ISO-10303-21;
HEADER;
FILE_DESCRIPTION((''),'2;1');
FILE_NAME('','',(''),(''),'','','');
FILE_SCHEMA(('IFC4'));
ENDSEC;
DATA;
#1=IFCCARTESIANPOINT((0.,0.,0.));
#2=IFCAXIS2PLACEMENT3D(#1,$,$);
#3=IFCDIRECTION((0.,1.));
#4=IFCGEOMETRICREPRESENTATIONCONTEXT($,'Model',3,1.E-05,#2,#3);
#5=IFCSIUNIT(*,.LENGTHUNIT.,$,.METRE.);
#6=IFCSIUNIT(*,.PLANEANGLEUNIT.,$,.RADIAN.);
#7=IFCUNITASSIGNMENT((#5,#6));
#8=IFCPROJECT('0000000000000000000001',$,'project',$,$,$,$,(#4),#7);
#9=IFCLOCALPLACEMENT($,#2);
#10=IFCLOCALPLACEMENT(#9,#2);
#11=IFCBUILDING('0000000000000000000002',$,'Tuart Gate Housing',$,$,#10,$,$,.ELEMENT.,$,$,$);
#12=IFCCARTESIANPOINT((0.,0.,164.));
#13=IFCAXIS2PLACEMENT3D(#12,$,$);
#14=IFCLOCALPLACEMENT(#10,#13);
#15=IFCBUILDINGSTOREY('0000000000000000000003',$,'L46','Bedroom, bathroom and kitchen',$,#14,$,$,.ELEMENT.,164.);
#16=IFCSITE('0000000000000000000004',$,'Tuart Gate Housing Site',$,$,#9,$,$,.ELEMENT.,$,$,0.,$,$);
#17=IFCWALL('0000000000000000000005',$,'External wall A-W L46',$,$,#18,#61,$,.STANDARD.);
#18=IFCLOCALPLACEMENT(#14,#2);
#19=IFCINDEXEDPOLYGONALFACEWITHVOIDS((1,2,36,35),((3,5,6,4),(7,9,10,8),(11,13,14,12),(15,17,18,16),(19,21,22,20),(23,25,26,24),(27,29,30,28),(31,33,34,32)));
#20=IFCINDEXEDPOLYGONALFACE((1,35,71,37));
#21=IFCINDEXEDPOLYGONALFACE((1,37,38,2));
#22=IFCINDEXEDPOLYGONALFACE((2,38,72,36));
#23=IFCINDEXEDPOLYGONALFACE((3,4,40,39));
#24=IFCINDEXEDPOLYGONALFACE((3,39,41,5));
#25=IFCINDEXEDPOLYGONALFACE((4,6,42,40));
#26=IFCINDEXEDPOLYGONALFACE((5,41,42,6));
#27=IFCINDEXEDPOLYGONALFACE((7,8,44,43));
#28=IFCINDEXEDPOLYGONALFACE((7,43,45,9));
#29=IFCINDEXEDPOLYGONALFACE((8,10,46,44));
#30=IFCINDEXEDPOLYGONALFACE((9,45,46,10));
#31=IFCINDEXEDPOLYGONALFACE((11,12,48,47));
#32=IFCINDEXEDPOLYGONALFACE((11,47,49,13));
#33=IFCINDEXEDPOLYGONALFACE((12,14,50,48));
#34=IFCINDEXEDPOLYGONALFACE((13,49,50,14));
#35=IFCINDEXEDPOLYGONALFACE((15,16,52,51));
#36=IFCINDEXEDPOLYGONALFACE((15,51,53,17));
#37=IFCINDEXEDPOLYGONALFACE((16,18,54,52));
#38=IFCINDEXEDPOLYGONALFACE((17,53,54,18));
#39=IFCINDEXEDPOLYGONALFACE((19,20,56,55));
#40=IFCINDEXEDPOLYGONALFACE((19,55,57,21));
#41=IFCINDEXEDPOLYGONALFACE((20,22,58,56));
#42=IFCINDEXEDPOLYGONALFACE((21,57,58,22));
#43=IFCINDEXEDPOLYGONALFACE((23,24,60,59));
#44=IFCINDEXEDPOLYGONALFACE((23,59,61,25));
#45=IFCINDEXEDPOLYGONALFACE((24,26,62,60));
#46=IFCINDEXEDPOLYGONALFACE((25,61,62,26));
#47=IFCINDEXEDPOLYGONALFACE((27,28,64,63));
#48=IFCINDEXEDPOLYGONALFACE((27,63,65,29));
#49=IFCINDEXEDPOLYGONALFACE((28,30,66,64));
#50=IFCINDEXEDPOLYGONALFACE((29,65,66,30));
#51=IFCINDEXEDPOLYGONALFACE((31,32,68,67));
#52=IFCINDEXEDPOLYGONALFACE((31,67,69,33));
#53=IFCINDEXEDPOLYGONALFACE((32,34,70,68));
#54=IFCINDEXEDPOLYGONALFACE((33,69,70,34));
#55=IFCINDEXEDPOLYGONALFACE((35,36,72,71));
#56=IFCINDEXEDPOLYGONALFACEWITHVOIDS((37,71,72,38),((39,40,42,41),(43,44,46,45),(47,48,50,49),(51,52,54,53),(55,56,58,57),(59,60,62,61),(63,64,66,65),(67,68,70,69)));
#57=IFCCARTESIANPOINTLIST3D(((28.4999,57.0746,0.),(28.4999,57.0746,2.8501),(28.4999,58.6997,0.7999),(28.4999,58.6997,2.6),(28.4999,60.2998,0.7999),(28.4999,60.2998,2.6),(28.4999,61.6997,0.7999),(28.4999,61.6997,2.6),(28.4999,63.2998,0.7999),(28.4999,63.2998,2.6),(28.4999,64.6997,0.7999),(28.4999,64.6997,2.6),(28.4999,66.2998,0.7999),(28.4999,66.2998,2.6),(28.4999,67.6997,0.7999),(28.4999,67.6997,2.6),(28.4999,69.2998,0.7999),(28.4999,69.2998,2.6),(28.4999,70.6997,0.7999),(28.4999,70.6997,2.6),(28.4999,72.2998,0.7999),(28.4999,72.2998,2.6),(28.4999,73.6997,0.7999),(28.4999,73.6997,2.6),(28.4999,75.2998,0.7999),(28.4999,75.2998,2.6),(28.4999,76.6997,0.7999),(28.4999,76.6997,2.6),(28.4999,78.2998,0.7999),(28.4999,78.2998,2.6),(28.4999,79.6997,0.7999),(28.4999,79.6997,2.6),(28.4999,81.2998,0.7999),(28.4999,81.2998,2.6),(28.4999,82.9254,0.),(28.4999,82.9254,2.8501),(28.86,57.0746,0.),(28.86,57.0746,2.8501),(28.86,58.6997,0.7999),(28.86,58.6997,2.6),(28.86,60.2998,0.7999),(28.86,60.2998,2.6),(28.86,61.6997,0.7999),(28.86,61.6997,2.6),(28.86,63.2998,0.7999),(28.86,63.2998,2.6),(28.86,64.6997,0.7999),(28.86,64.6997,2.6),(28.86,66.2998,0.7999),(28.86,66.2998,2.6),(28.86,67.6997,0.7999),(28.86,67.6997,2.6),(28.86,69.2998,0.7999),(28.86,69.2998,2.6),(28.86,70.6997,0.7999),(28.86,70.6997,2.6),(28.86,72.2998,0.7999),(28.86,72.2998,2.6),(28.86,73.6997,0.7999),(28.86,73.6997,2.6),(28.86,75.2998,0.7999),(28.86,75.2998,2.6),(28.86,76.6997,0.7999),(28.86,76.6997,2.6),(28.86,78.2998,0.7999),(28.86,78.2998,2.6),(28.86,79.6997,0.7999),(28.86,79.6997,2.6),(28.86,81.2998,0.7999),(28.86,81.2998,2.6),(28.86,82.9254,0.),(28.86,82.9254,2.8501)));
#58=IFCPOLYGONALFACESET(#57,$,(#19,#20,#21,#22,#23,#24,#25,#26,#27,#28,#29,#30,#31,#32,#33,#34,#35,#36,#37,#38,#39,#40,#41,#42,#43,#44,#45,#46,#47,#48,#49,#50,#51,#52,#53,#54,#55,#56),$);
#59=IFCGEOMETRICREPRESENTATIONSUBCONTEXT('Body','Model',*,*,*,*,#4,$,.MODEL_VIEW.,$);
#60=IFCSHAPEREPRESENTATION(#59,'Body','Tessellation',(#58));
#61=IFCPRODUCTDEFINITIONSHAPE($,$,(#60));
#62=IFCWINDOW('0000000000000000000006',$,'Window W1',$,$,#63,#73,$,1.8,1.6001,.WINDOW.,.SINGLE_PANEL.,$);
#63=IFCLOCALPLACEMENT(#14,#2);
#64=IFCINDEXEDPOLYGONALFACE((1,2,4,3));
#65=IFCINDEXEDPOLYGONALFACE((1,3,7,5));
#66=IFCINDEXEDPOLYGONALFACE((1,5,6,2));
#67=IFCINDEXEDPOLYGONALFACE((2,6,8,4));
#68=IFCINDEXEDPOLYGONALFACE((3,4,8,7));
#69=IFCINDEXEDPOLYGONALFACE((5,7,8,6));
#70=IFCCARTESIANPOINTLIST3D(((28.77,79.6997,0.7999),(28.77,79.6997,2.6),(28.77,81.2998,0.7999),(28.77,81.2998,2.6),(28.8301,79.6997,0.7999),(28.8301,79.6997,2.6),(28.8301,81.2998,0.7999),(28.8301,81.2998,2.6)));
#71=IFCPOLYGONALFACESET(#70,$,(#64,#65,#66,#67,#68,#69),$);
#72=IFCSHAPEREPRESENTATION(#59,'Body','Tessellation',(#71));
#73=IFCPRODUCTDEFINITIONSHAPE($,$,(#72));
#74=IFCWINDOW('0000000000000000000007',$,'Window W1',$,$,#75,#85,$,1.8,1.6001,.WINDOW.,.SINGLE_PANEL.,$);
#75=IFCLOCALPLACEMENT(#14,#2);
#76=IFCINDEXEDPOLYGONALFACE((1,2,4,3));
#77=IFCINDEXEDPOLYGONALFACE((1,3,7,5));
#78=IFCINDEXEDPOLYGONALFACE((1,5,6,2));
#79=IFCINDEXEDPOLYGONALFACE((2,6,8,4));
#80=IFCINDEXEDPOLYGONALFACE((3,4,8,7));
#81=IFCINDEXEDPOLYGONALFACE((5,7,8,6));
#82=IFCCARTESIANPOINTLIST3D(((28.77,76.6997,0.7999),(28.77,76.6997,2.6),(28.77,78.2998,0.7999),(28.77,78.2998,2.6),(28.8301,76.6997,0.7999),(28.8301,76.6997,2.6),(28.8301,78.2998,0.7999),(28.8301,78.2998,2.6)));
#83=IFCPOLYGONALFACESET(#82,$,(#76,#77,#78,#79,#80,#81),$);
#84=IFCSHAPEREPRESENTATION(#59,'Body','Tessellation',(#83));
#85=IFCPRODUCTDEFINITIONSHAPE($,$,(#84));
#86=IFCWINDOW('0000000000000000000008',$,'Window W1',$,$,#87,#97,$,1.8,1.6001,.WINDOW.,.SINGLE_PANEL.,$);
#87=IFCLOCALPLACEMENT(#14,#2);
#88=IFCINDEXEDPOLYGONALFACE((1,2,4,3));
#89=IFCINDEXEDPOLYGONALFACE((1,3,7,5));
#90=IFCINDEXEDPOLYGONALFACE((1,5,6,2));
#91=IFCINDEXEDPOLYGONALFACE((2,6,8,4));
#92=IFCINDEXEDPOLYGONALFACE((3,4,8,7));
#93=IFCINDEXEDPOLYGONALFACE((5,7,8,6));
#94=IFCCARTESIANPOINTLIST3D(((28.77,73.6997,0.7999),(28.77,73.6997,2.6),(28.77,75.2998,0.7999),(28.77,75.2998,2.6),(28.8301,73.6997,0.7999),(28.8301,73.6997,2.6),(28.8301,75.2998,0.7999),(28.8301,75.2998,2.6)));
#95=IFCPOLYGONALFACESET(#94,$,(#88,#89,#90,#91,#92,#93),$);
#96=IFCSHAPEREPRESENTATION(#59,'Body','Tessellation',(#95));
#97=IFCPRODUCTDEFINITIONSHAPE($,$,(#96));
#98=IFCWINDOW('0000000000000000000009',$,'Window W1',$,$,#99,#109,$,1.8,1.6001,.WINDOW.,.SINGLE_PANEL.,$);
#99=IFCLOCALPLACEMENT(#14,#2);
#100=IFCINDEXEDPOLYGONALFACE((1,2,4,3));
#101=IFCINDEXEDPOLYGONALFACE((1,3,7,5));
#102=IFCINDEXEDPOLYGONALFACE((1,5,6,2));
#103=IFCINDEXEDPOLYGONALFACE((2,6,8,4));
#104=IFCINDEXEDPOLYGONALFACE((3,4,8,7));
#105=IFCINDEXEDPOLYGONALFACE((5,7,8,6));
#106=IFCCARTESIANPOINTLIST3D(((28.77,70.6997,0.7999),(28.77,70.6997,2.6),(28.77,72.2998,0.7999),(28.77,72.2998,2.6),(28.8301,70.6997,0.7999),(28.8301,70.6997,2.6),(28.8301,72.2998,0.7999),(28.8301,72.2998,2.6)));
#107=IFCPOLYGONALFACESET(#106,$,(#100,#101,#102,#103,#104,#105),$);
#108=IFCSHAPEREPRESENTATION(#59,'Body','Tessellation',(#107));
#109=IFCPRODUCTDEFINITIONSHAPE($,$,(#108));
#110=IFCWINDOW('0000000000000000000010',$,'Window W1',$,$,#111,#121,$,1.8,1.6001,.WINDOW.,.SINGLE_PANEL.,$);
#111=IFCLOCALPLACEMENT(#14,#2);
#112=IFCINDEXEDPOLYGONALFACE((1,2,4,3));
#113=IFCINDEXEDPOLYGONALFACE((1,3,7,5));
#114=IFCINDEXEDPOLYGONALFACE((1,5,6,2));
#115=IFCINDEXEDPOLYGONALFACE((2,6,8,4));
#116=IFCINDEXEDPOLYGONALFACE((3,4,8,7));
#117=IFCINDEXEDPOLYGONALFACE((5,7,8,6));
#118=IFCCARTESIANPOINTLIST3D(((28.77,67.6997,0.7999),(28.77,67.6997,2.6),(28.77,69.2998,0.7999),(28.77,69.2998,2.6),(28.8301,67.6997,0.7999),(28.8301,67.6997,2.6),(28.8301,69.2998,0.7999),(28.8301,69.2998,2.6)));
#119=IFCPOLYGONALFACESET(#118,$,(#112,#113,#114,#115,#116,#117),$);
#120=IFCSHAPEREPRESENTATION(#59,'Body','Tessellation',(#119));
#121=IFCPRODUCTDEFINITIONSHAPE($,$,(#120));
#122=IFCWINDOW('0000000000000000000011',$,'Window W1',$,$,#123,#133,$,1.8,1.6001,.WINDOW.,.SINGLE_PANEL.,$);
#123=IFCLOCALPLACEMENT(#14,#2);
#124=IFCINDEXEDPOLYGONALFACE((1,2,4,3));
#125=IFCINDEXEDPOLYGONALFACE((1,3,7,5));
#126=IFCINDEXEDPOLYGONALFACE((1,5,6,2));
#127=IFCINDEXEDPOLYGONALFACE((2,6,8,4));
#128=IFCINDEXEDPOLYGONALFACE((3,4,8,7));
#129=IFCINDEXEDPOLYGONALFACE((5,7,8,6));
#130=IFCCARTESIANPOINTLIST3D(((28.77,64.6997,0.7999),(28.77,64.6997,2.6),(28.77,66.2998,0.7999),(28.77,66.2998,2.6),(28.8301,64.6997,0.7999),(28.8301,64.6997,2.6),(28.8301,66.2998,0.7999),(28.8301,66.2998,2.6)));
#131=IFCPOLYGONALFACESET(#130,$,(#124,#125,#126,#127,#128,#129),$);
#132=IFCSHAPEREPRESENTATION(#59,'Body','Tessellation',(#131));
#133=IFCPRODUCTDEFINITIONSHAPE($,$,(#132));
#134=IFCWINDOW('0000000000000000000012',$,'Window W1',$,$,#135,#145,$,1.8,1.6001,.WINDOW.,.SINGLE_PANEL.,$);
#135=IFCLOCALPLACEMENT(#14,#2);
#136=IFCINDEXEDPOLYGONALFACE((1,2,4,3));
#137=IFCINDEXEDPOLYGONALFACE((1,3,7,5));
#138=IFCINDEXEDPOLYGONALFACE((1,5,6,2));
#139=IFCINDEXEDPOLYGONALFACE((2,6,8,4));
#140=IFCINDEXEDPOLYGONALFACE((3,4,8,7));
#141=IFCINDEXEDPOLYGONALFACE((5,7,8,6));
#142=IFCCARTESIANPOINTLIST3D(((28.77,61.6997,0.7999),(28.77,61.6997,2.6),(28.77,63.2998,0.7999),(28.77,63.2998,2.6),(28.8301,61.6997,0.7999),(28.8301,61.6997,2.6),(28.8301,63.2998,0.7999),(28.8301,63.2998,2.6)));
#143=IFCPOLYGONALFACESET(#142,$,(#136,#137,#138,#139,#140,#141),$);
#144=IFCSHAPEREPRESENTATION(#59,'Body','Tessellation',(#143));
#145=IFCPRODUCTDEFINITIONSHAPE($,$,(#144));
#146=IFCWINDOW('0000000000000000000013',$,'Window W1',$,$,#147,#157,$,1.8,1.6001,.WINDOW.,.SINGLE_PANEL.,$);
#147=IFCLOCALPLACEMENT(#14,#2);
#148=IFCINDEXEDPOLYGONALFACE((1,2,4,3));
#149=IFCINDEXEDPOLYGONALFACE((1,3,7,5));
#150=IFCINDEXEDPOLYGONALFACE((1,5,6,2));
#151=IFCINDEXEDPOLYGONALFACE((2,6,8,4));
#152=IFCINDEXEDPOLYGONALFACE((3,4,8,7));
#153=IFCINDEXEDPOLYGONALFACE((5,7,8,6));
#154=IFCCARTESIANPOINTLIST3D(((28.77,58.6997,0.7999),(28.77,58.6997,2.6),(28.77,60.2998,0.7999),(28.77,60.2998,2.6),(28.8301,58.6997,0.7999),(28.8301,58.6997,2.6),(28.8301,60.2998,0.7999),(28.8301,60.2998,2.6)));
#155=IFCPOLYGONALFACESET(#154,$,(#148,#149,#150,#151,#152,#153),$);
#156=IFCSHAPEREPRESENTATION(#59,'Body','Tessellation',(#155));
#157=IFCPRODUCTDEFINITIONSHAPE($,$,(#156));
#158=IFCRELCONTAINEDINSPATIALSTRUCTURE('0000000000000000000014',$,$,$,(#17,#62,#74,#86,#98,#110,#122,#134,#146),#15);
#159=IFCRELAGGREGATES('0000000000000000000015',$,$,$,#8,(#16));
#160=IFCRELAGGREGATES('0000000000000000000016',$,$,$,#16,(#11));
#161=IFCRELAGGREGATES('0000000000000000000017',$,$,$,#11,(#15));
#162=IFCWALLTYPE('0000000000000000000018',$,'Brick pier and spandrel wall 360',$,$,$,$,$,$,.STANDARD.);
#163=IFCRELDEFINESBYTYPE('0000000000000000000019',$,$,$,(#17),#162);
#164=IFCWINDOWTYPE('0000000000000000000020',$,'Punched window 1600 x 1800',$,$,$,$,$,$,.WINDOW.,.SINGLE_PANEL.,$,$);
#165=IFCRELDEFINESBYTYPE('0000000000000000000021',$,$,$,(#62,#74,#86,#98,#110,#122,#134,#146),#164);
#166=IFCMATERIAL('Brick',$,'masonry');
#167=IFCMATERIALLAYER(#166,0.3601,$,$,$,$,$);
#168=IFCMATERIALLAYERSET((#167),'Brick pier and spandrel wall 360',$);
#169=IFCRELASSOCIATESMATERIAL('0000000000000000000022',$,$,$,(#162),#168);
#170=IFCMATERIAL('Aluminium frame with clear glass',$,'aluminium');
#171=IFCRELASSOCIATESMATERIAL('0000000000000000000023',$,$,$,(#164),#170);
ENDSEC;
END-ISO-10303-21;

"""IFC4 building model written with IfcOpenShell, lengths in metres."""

from ifc_helpers import new_model, si_unit, direction, frame, frame_2d, origin, place, context, subcontext, project, spatial, rectangle, extrude, material, layer, layer_set, type_object, element, fill, save


model = new_model("IFC4")

# Units and contexts
model_context = context("Model", 3, precision=1e-05, world=origin(), true_north=direction((0.0, 1.0)))
body_context = subcontext(model_context, "Body", "Model", "MODEL_VIEW")
ifc_project = project(units=[si_unit("LENGTHUNIT", "METRE"), si_unit("PLANEANGLEUNIT", "RADIAN")], contexts=[model_context])

# Site, building, storey
site_placement = place(None, origin())
site = spatial("IfcSite", under=ifc_project, at=site_placement, Name="Tuart Gate Housing Site", CompositionType="ELEMENT", RefElevation=0.0)
building_placement = place(site_placement, origin())
building = spatial("IfcBuilding", under=site, at=building_placement, Name="Tuart Gate Housing", CompositionType="ELEMENT")
storey_placement = place(building_placement, frame((0.0, 0.0, 164.0)))
storey = spatial("IfcBuildingStorey", under=building, at=storey_placement, Name="L46", Description="Bedroom, bathroom and kitchen", CompositionType="ELEMENT", Elevation=164.0)

# Shared definitions
ifc_material_1 = material(Name="Brick", Category="masonry")
ifc_layer_1 = layer(ifc_material_1, 0.3601)
ifc_layer_set_1 = layer_set([ifc_layer_1], Name="Brick pier and spandrel wall 360")
wall_type_1 = type_object("IfcWallType", Name="Brick pier and spandrel wall 360", PredefinedType="STANDARD", material=ifc_layer_set_1)
ifc_material_2 = material(Name="Aluminium frame with clear glass", Category="aluminium")
window_type = type_object("IfcWindowType", Name="Punched window 1600 x 1800", PartitioningType="SINGLE_PANEL", PredefinedType="WINDOW", material=ifc_material_2)

# Wall, openings, windows
wall_1_placement = place(storey_placement, frame((28.6799, 82.9253, 0.0), z_axis=(0.0, 0.0, 1.0), x_axis=(0.0, -1.0, 0.0)))
wall_1 = element("IfcWall", 1, at=wall_1_placement, inside=storey, type_object=wall_type_1, Name="External wall A-W L46", PredefinedType="STANDARD", context=body_context, shape_type="SweptSolid", body=[
    extrude(rectangle(XDim=25.8508, YDim=0.3601, at=frame_2d((12.9253, 0.0))), origin(), (0.0, 0.0, 1.0), 2.8501),
])
opening_1_placement = place(wall_1_placement, frame((1.6255, 0.0, 0.8)))
opening_1 = element("IfcOpeningElement", 2, at=opening_1_placement, cuts=wall_1, PredefinedType="OPENING", context=body_context, shape_type="SweptSolid", body=[
    extrude(rectangle(XDim=1.6001, YDim=1.8, at=frame_2d((0.8, 0.8999))), frame((0.0, 0.1899, 0.0), z_axis=(0.0, -1.0, 0.0), x_axis=(1.0, 0.0, 0.0)), (0.0, 0.0, 1.0), 0.3801),
])
opening_2_placement = place(wall_1_placement, frame((4.6255, 0.0, 0.8)))
opening_2 = element("IfcOpeningElement", 3, at=opening_2_placement, cuts=wall_1, PredefinedType="OPENING", context=body_context, shape_type="SweptSolid", body=[
    extrude(rectangle(XDim=1.6001, YDim=1.8, at=frame_2d((0.8, 0.8999))), frame((0.0, 0.1899, 0.0), z_axis=(0.0, -1.0, 0.0), x_axis=(1.0, 0.0, 0.0)), (0.0, 0.0, 1.0), 0.3801),
])
opening_3_placement = place(wall_1_placement, frame((7.6255, 0.0, 0.8)))
opening_3 = element("IfcOpeningElement", 4, at=opening_3_placement, cuts=wall_1, PredefinedType="OPENING", context=body_context, shape_type="SweptSolid", body=[
    extrude(rectangle(XDim=1.6001, YDim=1.8, at=frame_2d((0.8, 0.8999))), frame((0.0, 0.1899, 0.0), z_axis=(0.0, -1.0, 0.0), x_axis=(1.0, 0.0, 0.0)), (0.0, 0.0, 1.0), 0.3801),
])
opening_4_placement = place(wall_1_placement, frame((10.6255, 0.0, 0.8)))
opening_4 = element("IfcOpeningElement", 5, at=opening_4_placement, cuts=wall_1, PredefinedType="OPENING", context=body_context, shape_type="SweptSolid", body=[
    extrude(rectangle(XDim=1.6001, YDim=1.8, at=frame_2d((0.8, 0.8999))), frame((0.0, 0.1899, 0.0), z_axis=(0.0, -1.0, 0.0), x_axis=(1.0, 0.0, 0.0)), (0.0, 0.0, 1.0), 0.3801),
])
opening_5_placement = place(wall_1_placement, frame((13.6255, 0.0, 0.8)))
opening_5 = element("IfcOpeningElement", 6, at=opening_5_placement, cuts=wall_1, PredefinedType="OPENING", context=body_context, shape_type="SweptSolid", body=[
    extrude(rectangle(XDim=1.6001, YDim=1.8, at=frame_2d((0.8, 0.8999))), frame((0.0, 0.1899, 0.0), z_axis=(0.0, -1.0, 0.0), x_axis=(1.0, 0.0, 0.0)), (0.0, 0.0, 1.0), 0.3801),
])
opening_6_placement = place(wall_1_placement, frame((16.6255, 0.0, 0.8)))
opening_6 = element("IfcOpeningElement", 7, at=opening_6_placement, cuts=wall_1, PredefinedType="OPENING", context=body_context, shape_type="SweptSolid", body=[
    extrude(rectangle(XDim=1.6001, YDim=1.8, at=frame_2d((0.8, 0.8999))), frame((0.0, 0.1899, 0.0), z_axis=(0.0, -1.0, 0.0), x_axis=(1.0, 0.0, 0.0)), (0.0, 0.0, 1.0), 0.3801),
])
opening_7_placement = place(wall_1_placement, frame((19.6255, 0.0, 0.8)))
opening_7 = element("IfcOpeningElement", 8, at=opening_7_placement, cuts=wall_1, PredefinedType="OPENING", context=body_context, shape_type="SweptSolid", body=[
    extrude(rectangle(XDim=1.6001, YDim=1.8, at=frame_2d((0.8, 0.8999))), frame((0.0, 0.1899, 0.0), z_axis=(0.0, -1.0, 0.0), x_axis=(1.0, 0.0, 0.0)), (0.0, 0.0, 1.0), 0.3801),
])
opening_8_placement = place(wall_1_placement, frame((22.6255, 0.0, 0.8)))
opening_8 = element("IfcOpeningElement", 9, at=opening_8_placement, cuts=wall_1, PredefinedType="OPENING", context=body_context, shape_type="SweptSolid", body=[
    extrude(rectangle(XDim=1.6001, YDim=1.8, at=frame_2d((0.8, 0.8999))), frame((0.0, 0.1899, 0.0), z_axis=(0.0, -1.0, 0.0), x_axis=(1.0, 0.0, 0.0)), (0.0, 0.0, 1.0), 0.3801),
])
window_1_placement = place(opening_1_placement, origin())
window_1 = element("IfcWindow", 10, at=window_1_placement, inside=storey, type_object=window_type, Name="Window W1", OverallHeight=1.8, OverallWidth=1.6001, PartitioningType="SINGLE_PANEL", PredefinedType="WINDOW", context=body_context, shape_type="SweptSolid", body=[
    extrude(rectangle(XDim=1.6001, YDim=1.8, at=frame_2d((0.8, 0.8999))), frame((0.0, 0.1501, 0.0), z_axis=(0.0, -1.0, 0.0), x_axis=(1.0, 0.0, 0.0)), (0.0, 0.0, 1.0), 0.0601),
])
fill(opening_1, window_1)
window_2_placement = place(opening_2_placement, origin())
window_2 = element("IfcWindow", 11, at=window_2_placement, inside=storey, type_object=window_type, Name="Window W1", OverallHeight=1.8, OverallWidth=1.6001, PartitioningType="SINGLE_PANEL", PredefinedType="WINDOW", context=body_context, shape_type="SweptSolid", body=[
    extrude(rectangle(XDim=1.6001, YDim=1.8, at=frame_2d((0.8, 0.8999))), frame((0.0, 0.1501, 0.0), z_axis=(0.0, -1.0, 0.0), x_axis=(1.0, 0.0, 0.0)), (0.0, 0.0, 1.0), 0.0601),
])
fill(opening_2, window_2)
window_3_placement = place(opening_3_placement, origin())
window_3 = element("IfcWindow", 12, at=window_3_placement, inside=storey, type_object=window_type, Name="Window W1", OverallHeight=1.8, OverallWidth=1.6001, PartitioningType="SINGLE_PANEL", PredefinedType="WINDOW", context=body_context, shape_type="SweptSolid", body=[
    extrude(rectangle(XDim=1.6001, YDim=1.8, at=frame_2d((0.8, 0.8999))), frame((0.0, 0.1501, 0.0), z_axis=(0.0, -1.0, 0.0), x_axis=(1.0, 0.0, 0.0)), (0.0, 0.0, 1.0), 0.0601),
])
fill(opening_3, window_3)
window_4_placement = place(opening_4_placement, origin())
window_4 = element("IfcWindow", 13, at=window_4_placement, inside=storey, type_object=window_type, Name="Window W1", OverallHeight=1.8, OverallWidth=1.6001, PartitioningType="SINGLE_PANEL", PredefinedType="WINDOW", context=body_context, shape_type="SweptSolid", body=[
    extrude(rectangle(XDim=1.6001, YDim=1.8, at=frame_2d((0.8, 0.8999))), frame((0.0, 0.1501, 0.0), z_axis=(0.0, -1.0, 0.0), x_axis=(1.0, 0.0, 0.0)), (0.0, 0.0, 1.0), 0.0601),
])
fill(opening_4, window_4)
window_5_placement = place(opening_5_placement, origin())
window_5 = element("IfcWindow", 14, at=window_5_placement, inside=storey, type_object=window_type, Name="Window W1", OverallHeight=1.8, OverallWidth=1.6001, PartitioningType="SINGLE_PANEL", PredefinedType="WINDOW", context=body_context, shape_type="SweptSolid", body=[
    extrude(rectangle(XDim=1.6001, YDim=1.8, at=frame_2d((0.8, 0.8999))), frame((0.0, 0.1501, 0.0), z_axis=(0.0, -1.0, 0.0), x_axis=(1.0, 0.0, 0.0)), (0.0, 0.0, 1.0), 0.0601),
])
fill(opening_5, window_5)
window_6_placement = place(opening_6_placement, origin())
window_6 = element("IfcWindow", 15, at=window_6_placement, inside=storey, type_object=window_type, Name="Window W1", OverallHeight=1.8, OverallWidth=1.6001, PartitioningType="SINGLE_PANEL", PredefinedType="WINDOW", context=body_context, shape_type="SweptSolid", body=[
    extrude(rectangle(XDim=1.6001, YDim=1.8, at=frame_2d((0.8, 0.8999))), frame((0.0, 0.1501, 0.0), z_axis=(0.0, -1.0, 0.0), x_axis=(1.0, 0.0, 0.0)), (0.0, 0.0, 1.0), 0.0601),
])
fill(opening_6, window_6)
window_7_placement = place(opening_7_placement, origin())
window_7 = element("IfcWindow", 16, at=window_7_placement, inside=storey, type_object=window_type, Name="Window W1", OverallHeight=1.8, OverallWidth=1.6001, PartitioningType="SINGLE_PANEL", PredefinedType="WINDOW", context=body_context, shape_type="SweptSolid", body=[
    extrude(rectangle(XDim=1.6001, YDim=1.8, at=frame_2d((0.8, 0.8999))), frame((0.0, 0.1501, 0.0), z_axis=(0.0, -1.0, 0.0), x_axis=(1.0, 0.0, 0.0)), (0.0, 0.0, 1.0), 0.0601),
])
fill(opening_7, window_7)
window_8_placement = place(opening_8_placement, origin())
window_8 = element("IfcWindow", 17, at=window_8_placement, inside=storey, type_object=window_type, Name="Window W1", OverallHeight=1.8, OverallWidth=1.6001, PartitioningType="SINGLE_PANEL", PredefinedType="WINDOW", context=body_context, shape_type="SweptSolid", body=[
    extrude(rectangle(XDim=1.6001, YDim=1.8, at=frame_2d((0.8, 0.8999))), frame((0.0, 0.1501, 0.0), z_axis=(0.0, -1.0, 0.0), x_axis=(1.0, 0.0, 0.0)), (0.0, 0.0, 1.0), 0.0601),
])
fill(opening_8, window_8)

save(model, "model.ifc")
